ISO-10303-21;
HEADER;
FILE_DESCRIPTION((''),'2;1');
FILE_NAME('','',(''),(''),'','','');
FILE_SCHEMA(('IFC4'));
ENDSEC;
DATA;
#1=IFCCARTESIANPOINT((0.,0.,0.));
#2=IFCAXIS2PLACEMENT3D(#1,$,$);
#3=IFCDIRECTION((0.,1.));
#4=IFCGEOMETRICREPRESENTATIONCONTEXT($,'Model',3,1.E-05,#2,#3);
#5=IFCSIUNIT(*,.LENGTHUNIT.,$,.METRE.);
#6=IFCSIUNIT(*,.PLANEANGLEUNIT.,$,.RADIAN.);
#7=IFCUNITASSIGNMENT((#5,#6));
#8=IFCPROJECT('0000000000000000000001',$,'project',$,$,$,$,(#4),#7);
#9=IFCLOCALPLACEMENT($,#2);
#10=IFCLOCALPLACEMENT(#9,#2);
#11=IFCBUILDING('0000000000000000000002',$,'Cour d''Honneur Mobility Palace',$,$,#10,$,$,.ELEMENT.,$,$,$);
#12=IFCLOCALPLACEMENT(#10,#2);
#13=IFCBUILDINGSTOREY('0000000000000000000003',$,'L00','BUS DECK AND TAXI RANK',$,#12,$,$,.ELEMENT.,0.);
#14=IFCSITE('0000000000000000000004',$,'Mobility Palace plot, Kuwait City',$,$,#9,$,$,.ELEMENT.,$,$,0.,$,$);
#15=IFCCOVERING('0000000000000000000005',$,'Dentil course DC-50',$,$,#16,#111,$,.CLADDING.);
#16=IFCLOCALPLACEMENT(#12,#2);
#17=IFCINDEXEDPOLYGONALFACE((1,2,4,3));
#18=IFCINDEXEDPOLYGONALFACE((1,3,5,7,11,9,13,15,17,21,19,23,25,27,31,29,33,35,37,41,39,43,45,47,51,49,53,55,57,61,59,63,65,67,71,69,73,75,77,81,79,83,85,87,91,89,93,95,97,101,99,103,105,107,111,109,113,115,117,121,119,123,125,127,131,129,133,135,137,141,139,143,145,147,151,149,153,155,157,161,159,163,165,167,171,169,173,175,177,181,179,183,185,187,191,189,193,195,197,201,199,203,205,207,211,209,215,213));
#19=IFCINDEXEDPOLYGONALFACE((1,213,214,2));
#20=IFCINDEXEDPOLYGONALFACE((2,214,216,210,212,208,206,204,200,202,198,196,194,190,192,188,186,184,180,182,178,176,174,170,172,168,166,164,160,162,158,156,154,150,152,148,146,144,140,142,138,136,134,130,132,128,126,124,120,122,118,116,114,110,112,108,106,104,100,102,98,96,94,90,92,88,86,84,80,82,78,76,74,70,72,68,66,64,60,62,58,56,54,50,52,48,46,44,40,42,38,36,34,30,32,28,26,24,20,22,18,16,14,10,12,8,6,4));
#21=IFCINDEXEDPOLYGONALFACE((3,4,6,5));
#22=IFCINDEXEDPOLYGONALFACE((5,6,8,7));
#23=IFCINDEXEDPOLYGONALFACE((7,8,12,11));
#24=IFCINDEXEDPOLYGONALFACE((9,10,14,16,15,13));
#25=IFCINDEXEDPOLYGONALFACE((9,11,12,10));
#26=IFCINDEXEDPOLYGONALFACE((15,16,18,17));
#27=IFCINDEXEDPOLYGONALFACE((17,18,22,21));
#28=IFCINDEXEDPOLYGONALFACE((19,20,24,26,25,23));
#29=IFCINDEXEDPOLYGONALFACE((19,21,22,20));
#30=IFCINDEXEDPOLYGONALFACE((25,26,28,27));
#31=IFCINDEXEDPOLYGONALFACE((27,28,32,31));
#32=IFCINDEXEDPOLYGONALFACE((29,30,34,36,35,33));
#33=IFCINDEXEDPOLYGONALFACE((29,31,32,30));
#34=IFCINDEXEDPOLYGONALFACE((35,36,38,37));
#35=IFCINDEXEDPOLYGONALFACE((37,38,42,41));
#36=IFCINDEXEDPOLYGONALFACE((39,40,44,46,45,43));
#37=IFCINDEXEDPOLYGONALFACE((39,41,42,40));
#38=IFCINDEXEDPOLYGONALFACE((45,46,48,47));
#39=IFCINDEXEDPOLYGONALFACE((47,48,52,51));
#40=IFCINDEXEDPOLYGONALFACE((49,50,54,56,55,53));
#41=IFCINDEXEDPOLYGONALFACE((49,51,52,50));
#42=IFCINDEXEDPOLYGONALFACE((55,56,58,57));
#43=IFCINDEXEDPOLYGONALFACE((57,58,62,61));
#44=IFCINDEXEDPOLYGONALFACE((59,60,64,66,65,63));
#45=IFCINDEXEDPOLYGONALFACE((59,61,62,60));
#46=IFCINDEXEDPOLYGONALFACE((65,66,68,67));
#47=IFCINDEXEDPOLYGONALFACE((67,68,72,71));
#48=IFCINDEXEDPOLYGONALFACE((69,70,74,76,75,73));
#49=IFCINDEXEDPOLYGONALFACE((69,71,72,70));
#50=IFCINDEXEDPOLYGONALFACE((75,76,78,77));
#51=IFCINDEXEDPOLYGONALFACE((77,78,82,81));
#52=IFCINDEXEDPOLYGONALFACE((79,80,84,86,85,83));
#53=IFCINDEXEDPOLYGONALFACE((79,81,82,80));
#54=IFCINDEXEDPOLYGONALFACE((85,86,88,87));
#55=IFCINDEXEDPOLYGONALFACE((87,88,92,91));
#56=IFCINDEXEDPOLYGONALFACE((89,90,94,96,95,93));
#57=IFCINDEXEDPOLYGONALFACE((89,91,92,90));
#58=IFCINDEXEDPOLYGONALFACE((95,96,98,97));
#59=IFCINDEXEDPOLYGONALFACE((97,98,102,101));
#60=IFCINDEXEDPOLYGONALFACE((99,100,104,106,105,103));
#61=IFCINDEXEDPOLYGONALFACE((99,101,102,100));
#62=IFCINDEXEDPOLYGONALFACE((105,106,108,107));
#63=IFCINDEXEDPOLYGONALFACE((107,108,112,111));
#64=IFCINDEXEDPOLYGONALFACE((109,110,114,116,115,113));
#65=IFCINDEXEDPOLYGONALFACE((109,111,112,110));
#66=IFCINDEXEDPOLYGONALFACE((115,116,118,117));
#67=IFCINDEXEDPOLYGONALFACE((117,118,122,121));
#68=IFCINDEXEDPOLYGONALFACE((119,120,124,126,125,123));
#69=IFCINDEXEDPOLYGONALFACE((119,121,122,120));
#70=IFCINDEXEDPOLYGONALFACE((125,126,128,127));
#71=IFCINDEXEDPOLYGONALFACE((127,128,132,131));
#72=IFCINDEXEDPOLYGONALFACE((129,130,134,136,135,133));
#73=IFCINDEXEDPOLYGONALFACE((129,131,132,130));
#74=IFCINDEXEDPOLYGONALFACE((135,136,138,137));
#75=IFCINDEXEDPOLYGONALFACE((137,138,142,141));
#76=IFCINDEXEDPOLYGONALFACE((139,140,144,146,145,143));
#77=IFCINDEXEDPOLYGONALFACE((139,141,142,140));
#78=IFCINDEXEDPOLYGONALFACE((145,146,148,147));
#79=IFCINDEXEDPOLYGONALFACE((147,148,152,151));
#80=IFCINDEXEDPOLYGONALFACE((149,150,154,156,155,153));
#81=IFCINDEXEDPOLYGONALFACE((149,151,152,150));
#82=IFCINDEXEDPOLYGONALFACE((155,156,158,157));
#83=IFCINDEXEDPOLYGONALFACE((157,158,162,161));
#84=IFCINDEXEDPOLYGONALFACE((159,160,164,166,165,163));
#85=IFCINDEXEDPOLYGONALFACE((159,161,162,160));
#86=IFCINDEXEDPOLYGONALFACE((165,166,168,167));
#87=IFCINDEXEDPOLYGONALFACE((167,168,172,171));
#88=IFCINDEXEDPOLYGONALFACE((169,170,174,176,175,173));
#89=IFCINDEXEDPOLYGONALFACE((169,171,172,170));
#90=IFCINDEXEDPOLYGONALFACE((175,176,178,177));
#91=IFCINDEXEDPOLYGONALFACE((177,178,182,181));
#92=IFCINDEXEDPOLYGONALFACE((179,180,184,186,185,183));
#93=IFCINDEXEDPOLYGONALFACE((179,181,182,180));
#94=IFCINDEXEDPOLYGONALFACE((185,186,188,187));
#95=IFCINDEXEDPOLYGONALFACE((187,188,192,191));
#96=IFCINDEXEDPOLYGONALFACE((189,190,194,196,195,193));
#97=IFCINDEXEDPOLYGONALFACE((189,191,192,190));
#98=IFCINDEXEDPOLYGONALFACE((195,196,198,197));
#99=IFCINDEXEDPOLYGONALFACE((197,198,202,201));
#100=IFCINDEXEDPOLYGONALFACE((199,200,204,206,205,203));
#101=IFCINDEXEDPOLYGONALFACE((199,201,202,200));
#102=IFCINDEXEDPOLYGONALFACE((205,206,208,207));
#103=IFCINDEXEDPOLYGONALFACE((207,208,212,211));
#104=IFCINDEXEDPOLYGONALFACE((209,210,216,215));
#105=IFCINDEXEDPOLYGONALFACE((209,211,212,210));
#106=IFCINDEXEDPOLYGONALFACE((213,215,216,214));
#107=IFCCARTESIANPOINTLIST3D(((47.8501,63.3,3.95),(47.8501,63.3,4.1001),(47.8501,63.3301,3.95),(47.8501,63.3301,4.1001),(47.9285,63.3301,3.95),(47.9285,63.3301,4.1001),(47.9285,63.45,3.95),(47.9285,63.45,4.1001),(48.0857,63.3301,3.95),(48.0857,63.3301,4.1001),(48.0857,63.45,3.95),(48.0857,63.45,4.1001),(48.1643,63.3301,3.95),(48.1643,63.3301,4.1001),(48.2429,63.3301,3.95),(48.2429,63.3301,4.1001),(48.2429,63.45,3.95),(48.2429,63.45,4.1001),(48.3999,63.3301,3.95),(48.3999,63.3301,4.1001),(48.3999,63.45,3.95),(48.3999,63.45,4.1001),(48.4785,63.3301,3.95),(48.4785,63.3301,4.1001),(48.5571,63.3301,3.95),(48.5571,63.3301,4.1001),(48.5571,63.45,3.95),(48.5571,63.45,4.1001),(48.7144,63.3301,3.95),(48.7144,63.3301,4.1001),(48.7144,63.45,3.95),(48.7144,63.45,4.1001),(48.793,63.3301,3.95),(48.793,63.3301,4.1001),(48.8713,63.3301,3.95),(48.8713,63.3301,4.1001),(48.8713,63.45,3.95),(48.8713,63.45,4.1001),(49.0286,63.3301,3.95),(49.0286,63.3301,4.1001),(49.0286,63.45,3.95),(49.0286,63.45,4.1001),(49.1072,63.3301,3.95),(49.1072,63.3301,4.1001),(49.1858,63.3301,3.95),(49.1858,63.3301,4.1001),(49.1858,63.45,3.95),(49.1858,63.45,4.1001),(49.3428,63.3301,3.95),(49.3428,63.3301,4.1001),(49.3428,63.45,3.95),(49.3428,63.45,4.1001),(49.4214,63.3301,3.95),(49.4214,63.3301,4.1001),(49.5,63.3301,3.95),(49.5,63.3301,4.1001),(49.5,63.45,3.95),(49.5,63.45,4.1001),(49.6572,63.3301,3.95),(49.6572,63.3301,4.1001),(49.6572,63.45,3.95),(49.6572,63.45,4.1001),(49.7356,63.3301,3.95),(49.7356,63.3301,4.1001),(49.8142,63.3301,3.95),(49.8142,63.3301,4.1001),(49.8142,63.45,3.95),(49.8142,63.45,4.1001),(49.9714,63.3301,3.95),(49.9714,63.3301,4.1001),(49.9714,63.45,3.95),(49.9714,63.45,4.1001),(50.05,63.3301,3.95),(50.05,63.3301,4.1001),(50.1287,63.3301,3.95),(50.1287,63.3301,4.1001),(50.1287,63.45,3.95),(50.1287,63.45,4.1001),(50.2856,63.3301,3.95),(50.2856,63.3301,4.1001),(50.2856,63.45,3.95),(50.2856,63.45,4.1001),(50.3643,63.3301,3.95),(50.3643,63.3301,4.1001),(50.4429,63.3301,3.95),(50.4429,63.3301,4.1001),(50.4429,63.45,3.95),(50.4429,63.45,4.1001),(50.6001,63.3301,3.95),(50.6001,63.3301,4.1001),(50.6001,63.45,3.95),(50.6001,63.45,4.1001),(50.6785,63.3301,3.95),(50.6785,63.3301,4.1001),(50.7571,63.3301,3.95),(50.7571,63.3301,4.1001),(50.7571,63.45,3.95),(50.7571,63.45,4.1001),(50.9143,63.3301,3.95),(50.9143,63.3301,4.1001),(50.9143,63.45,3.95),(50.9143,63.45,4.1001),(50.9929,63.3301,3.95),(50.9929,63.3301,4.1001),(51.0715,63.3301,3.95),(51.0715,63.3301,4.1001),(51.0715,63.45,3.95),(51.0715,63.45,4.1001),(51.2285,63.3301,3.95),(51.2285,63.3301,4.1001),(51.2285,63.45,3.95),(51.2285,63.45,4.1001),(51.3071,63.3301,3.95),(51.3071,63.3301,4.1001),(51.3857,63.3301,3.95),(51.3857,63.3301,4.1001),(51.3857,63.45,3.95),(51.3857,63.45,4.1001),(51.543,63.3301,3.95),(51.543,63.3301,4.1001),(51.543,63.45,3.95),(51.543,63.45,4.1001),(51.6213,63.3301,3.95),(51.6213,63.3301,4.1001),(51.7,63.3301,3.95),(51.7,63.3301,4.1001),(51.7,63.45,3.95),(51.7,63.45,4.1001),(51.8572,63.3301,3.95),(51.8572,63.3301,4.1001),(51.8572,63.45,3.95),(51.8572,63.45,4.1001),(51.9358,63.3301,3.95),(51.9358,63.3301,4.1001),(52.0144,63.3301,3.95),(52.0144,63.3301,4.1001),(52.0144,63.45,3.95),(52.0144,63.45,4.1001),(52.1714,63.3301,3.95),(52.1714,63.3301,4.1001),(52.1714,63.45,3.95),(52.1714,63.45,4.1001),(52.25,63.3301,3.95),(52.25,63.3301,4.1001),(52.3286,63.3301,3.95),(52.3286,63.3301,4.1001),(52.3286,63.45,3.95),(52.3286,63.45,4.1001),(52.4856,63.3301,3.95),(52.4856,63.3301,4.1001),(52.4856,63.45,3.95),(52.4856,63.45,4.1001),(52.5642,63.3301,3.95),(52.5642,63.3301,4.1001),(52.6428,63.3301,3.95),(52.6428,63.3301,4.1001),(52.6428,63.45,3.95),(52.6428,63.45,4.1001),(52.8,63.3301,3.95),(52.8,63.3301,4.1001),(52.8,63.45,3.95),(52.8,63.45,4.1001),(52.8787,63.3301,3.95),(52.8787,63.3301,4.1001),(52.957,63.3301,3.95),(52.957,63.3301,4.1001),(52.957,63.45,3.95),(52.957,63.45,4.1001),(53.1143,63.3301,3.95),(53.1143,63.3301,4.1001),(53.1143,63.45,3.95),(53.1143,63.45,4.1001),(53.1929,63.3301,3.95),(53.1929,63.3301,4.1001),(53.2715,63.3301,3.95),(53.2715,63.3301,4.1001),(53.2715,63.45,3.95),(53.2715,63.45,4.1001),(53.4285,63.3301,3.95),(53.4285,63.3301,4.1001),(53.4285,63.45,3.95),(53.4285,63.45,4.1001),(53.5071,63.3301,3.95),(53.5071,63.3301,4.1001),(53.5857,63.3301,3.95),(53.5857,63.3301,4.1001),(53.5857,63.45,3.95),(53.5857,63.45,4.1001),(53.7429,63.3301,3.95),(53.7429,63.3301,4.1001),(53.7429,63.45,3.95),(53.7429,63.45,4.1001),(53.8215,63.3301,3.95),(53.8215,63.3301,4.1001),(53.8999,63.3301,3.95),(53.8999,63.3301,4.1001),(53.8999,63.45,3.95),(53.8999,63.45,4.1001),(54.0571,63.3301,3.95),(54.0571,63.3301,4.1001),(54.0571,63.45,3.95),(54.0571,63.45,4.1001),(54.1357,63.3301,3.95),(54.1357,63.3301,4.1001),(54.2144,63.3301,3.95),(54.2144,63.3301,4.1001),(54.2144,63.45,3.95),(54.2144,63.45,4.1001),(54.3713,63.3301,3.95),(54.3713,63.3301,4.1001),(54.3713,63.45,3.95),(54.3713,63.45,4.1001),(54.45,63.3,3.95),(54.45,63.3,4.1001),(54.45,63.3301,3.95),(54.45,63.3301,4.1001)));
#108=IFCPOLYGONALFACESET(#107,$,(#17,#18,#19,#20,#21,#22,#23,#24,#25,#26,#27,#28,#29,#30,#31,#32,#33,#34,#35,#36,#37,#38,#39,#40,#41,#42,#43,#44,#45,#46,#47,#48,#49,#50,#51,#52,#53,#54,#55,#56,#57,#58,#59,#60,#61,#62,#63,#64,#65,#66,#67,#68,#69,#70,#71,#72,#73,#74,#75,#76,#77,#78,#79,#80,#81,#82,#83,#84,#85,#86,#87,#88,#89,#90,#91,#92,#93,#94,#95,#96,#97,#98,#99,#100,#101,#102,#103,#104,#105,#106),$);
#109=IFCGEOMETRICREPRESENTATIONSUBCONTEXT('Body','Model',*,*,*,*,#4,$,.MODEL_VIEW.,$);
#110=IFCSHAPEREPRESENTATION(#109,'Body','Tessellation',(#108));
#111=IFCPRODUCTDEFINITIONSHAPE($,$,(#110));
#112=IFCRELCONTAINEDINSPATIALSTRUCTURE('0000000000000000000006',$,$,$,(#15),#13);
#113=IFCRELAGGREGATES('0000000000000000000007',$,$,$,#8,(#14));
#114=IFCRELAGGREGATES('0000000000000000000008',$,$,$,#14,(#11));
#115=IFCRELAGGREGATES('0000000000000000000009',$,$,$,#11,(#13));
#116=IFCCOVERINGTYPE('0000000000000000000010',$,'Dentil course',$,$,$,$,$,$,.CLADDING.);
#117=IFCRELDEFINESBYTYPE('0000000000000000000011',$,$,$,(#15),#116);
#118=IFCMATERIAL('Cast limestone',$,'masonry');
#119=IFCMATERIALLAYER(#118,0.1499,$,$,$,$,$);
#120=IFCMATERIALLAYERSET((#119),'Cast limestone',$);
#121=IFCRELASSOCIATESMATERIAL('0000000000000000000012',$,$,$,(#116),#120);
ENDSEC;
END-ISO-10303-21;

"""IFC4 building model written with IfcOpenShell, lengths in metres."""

from ifc_helpers import new_model, si_unit, direction, frame, origin, place, context, subcontext, project, spatial, polyline, outline, extrude, material, layer, layer_set, type_object, element, save


model = new_model("IFC4")

# Units and contexts
model_context = context("Model", 3, precision=1e-05, world=origin(), true_north=direction((0.0, 1.0)))
body_context = subcontext(model_context, "Body", "Model", "MODEL_VIEW")
ifc_project = project(units=[si_unit("LENGTHUNIT", "METRE"), si_unit("PLANEANGLEUNIT", "RADIAN")], contexts=[model_context])

# Site, building, storey
site_placement = place(None, origin())
site = spatial("IfcSite", under=ifc_project, at=site_placement, Name="Mobility Palace plot, Kuwait City", CompositionType="ELEMENT", RefElevation=0.0)
building_placement = place(site_placement, origin())
building = spatial("IfcBuilding", under=site, at=building_placement, Name="Cour d'Honneur Mobility Palace", CompositionType="ELEMENT")
storey_placement = place(building_placement, origin())
storey = spatial("IfcBuildingStorey", under=building, at=storey_placement, Name="L00", Description="BUS DECK AND TAXI RANK", CompositionType="ELEMENT", Elevation=0.0)

# Covering
ifc_material = material(Name="Cast limestone", Category="masonry")
ifc_layer = layer(ifc_material, 0.1499)
ifc_layer_set = layer_set([ifc_layer], Name="Cast limestone")
covering_type = type_object("IfcCoveringType", Name="Dentil course", PredefinedType="CLADDING", material=ifc_layer_set)
covering_1_placement = place(storey_placement, frame((0.0, 0.0, 3.95)))
element("IfcCovering", 1, at=covering_1_placement, inside=storey, type_object=covering_type, Name="Dentil course DC-50", PredefinedType="CLADDING", context=body_context, shape_type="SweptSolid", body=[
    extrude(outline(polyline([(54.45, 63.3), (47.8501, 63.3), (47.8501, 63.3301), (47.8501, 63.3301), (47.9285, 63.3301), (47.9285, 63.45), (48.0857, 63.45), (48.0857, 63.3301), (48.1643, 63.3301), (48.1643, 63.3301), (48.2429, 63.3301), (48.2429, 63.45), (48.3999, 63.45), (48.3999, 63.3301), (48.4785, 63.3301), (48.4785, 63.3301), (48.5571, 63.3301), (48.5571, 63.45), (48.7144, 63.45), (48.7144, 63.3301), (48.793, 63.3301), (48.793, 63.3301), (48.8713, 63.3301), (48.8713, 63.45), (49.0286, 63.45), (49.0286, 63.3301), (49.1072, 63.3301), (49.1072, 63.3301), (49.1858, 63.3301), (49.1858, 63.45), (49.3428, 63.45), (49.3428, 63.3301), (49.4214, 63.3301), (49.4214, 63.3301), (49.5, 63.3301), (49.5, 63.45), (49.6572, 63.45), (49.6572, 63.3301), (49.7356, 63.3301), (49.7356, 63.3301), (49.8142, 63.3301), (49.8142, 63.45), (49.9714, 63.45), (49.9714, 63.3301), (50.05, 63.3301), (50.05, 63.3301), (50.1287, 63.3301), (50.1287, 63.45), (50.2856, 63.45), (50.2856, 63.3301), (50.3643, 63.3301), (50.3643, 63.3301), (50.4429, 63.3301), (50.4429, 63.45), (50.6001, 63.45), (50.6001, 63.3301), (50.6785, 63.3301), (50.6785, 63.3301), (50.7571, 63.3301), (50.7571, 63.45), (50.9143, 63.45), (50.9143, 63.3301), (50.9929, 63.3301), (50.9929, 63.3301), (51.0715, 63.3301), (51.0715, 63.45), (51.2285, 63.45), (51.2285, 63.3301), (51.3071, 63.3301), (51.3071, 63.3301), (51.3857, 63.3301), (51.3857, 63.45), (51.543, 63.45), (51.543, 63.3301), (51.6213, 63.3301), (51.6213, 63.3301), (51.7, 63.3301), (51.7, 63.45), (51.8572, 63.45), (51.8572, 63.3301), (51.9358, 63.3301), (51.9358, 63.3301), (52.0144, 63.3301), (52.0144, 63.45), (52.1714, 63.45), (52.1714, 63.3301), (52.25, 63.3301), (52.25, 63.3301), (52.3286, 63.3301), (52.3286, 63.45), (52.4856, 63.45), (52.4856, 63.3301), (52.5642, 63.3301), (52.5642, 63.3301), (52.6428, 63.3301), (52.6428, 63.45), (52.8, 63.45), (52.8, 63.3301), (52.8787, 63.3301), (52.8787, 63.3301), (52.957, 63.3301), (52.957, 63.45), (53.1143, 63.45), (53.1143, 63.3301), (53.1929, 63.3301), (53.1929, 63.3301), (53.2715, 63.3301), (53.2715, 63.45), (53.4285, 63.45), (53.4285, 63.3301), (53.5071, 63.3301), (53.5071, 63.3301), (53.5857, 63.3301), (53.5857, 63.45), (53.7429, 63.45), (53.7429, 63.3301), (53.8215, 63.3301), (53.8215, 63.3301), (53.8999, 63.3301), (53.8999, 63.45), (54.0571, 63.45), (54.0571, 63.3301), (54.1357, 63.3301), (54.1357, 63.3301), (54.2144, 63.3301), (54.2144, 63.45), (54.3713, 63.45), (54.3713, 63.3301), (54.45, 63.3301), (54.45, 63.3)])), origin(), (0.0, 0.0, 1.0), 0.1501),
])

save(model, "model.ifc")
